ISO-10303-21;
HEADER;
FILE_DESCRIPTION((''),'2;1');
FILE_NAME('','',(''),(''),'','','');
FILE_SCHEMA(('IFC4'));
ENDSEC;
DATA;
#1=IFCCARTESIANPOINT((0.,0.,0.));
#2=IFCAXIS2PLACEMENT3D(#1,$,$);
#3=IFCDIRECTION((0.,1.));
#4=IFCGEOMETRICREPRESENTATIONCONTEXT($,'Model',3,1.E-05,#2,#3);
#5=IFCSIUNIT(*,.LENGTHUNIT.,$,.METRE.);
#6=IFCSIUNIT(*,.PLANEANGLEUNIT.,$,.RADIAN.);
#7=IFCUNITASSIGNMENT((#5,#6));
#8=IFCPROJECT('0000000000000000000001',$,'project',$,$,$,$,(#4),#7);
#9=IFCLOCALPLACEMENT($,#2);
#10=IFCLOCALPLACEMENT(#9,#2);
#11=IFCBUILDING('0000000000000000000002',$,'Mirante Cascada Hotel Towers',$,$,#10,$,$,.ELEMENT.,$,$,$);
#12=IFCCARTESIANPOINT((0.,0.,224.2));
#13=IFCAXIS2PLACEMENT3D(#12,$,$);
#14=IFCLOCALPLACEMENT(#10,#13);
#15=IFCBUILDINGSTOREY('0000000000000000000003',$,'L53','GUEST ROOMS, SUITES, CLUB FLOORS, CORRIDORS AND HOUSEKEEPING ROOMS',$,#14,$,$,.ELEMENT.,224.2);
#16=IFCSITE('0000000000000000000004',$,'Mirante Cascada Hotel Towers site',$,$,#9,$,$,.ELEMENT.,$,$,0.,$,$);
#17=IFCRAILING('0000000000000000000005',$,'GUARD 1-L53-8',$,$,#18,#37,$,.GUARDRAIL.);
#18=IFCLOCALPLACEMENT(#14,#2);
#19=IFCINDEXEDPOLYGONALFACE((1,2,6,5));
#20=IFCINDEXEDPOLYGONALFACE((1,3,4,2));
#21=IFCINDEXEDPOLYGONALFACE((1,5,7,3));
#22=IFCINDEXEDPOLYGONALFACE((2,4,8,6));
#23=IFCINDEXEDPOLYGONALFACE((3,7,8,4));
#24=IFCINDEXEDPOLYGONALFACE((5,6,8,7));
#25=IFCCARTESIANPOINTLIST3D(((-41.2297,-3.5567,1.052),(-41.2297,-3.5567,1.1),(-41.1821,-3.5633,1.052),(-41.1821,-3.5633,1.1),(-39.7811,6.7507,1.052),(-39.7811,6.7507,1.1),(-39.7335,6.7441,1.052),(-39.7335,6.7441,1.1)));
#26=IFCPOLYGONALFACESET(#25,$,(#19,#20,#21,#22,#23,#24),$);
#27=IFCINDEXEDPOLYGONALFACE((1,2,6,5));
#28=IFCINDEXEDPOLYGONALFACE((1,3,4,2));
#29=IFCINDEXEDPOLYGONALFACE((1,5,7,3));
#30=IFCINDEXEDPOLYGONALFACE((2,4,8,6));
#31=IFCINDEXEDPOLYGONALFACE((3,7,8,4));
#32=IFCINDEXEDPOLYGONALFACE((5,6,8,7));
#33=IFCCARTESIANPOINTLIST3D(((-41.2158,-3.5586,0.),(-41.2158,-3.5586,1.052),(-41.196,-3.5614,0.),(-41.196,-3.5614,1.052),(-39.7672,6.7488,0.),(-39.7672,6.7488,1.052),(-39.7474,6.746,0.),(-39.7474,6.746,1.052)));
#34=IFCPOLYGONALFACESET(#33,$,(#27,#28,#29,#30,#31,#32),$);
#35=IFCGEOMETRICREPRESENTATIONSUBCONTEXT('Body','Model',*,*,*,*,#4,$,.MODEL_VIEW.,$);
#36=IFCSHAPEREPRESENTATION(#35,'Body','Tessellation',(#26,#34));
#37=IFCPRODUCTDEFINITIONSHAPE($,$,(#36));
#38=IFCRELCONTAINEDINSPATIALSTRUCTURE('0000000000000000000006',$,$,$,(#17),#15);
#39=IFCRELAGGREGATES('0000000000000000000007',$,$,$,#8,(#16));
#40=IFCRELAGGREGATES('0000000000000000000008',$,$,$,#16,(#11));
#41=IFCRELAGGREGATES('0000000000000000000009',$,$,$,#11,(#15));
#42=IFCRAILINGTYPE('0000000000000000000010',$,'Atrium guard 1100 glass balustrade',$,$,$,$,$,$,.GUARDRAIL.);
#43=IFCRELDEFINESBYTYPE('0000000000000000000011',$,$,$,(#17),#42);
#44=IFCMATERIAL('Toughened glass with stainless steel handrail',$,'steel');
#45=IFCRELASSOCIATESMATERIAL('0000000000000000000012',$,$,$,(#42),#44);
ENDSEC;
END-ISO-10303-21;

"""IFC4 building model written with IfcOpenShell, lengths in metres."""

from ifc_helpers import new_model, si_unit, direction, frame, origin, origin_2d, place, context, subcontext, project, spatial, rectangle, extrude, material, type_object, element, save


model = new_model("IFC4")

# Units and contexts
model_context = context("Model", 3, precision=1e-05, world=origin(), true_north=direction((0.0, 1.0)))
body_context = subcontext(model_context, "Body", "Model", "MODEL_VIEW")
ifc_project = project(units=[si_unit("LENGTHUNIT", "METRE"), si_unit("PLANEANGLEUNIT", "RADIAN")], contexts=[model_context])

# Site, building, storey
site_placement = place(None, origin())
site = spatial("IfcSite", under=ifc_project, at=site_placement, Name="Mirante Cascada Hotel Towers site", CompositionType="ELEMENT", RefElevation=0.0)
building_placement = place(site_placement, origin())
building = spatial("IfcBuilding", under=site, at=building_placement, Name="Mirante Cascada Hotel Towers", CompositionType="ELEMENT")
storey_placement = place(building_placement, frame((0.0, 0.0, 224.2)))
storey = spatial("IfcBuildingStorey", under=building, at=storey_placement, Name="L53", Description="GUEST ROOMS, SUITES, CLUB FLOORS, CORRIDORS AND HOUSEKEEPING ROOMS", CompositionType="ELEMENT", Elevation=224.2)

# Railing
ifc_material_1 = material(Name="Toughened glass with stainless steel handrail", Category="steel")
railing_type = type_object("IfcRailingType", Name="Atrium guard 1100 glass balustrade", PredefinedType="GUARDRAIL", material=ifc_material_1)
railing_1_placement = place(storey_placement, frame((-39.7573, 6.7474, 0.0)))
element("IfcRailing", 1, at=railing_1_placement, inside=storey, type_object=railing_type, Name="GUARD 1-L53-8", PredefinedType="GUARDRAIL", context=body_context, shape_type="SweptSolid", body=[
    extrude(rectangle(XDim=0.048, YDim=0.048, at=origin_2d()), frame((0.0, 0.0, 1.076), z_axis=(-0.139172, -0.990268, 0.0), x_axis=(0.990268, -0.139172, 0.0)), (0.0, 0.0, 1.0), 10.4087),
    extrude(rectangle(XDim=0.02, YDim=1.052, at=origin_2d()), frame((0.0, 0.0, 0.526), z_axis=(-0.139172, -0.990268, 0.0), x_axis=(0.990268, -0.139172, 0.0)), (0.0, 0.0, 1.0), 10.4087),
])

save(model, "model.ifc")
